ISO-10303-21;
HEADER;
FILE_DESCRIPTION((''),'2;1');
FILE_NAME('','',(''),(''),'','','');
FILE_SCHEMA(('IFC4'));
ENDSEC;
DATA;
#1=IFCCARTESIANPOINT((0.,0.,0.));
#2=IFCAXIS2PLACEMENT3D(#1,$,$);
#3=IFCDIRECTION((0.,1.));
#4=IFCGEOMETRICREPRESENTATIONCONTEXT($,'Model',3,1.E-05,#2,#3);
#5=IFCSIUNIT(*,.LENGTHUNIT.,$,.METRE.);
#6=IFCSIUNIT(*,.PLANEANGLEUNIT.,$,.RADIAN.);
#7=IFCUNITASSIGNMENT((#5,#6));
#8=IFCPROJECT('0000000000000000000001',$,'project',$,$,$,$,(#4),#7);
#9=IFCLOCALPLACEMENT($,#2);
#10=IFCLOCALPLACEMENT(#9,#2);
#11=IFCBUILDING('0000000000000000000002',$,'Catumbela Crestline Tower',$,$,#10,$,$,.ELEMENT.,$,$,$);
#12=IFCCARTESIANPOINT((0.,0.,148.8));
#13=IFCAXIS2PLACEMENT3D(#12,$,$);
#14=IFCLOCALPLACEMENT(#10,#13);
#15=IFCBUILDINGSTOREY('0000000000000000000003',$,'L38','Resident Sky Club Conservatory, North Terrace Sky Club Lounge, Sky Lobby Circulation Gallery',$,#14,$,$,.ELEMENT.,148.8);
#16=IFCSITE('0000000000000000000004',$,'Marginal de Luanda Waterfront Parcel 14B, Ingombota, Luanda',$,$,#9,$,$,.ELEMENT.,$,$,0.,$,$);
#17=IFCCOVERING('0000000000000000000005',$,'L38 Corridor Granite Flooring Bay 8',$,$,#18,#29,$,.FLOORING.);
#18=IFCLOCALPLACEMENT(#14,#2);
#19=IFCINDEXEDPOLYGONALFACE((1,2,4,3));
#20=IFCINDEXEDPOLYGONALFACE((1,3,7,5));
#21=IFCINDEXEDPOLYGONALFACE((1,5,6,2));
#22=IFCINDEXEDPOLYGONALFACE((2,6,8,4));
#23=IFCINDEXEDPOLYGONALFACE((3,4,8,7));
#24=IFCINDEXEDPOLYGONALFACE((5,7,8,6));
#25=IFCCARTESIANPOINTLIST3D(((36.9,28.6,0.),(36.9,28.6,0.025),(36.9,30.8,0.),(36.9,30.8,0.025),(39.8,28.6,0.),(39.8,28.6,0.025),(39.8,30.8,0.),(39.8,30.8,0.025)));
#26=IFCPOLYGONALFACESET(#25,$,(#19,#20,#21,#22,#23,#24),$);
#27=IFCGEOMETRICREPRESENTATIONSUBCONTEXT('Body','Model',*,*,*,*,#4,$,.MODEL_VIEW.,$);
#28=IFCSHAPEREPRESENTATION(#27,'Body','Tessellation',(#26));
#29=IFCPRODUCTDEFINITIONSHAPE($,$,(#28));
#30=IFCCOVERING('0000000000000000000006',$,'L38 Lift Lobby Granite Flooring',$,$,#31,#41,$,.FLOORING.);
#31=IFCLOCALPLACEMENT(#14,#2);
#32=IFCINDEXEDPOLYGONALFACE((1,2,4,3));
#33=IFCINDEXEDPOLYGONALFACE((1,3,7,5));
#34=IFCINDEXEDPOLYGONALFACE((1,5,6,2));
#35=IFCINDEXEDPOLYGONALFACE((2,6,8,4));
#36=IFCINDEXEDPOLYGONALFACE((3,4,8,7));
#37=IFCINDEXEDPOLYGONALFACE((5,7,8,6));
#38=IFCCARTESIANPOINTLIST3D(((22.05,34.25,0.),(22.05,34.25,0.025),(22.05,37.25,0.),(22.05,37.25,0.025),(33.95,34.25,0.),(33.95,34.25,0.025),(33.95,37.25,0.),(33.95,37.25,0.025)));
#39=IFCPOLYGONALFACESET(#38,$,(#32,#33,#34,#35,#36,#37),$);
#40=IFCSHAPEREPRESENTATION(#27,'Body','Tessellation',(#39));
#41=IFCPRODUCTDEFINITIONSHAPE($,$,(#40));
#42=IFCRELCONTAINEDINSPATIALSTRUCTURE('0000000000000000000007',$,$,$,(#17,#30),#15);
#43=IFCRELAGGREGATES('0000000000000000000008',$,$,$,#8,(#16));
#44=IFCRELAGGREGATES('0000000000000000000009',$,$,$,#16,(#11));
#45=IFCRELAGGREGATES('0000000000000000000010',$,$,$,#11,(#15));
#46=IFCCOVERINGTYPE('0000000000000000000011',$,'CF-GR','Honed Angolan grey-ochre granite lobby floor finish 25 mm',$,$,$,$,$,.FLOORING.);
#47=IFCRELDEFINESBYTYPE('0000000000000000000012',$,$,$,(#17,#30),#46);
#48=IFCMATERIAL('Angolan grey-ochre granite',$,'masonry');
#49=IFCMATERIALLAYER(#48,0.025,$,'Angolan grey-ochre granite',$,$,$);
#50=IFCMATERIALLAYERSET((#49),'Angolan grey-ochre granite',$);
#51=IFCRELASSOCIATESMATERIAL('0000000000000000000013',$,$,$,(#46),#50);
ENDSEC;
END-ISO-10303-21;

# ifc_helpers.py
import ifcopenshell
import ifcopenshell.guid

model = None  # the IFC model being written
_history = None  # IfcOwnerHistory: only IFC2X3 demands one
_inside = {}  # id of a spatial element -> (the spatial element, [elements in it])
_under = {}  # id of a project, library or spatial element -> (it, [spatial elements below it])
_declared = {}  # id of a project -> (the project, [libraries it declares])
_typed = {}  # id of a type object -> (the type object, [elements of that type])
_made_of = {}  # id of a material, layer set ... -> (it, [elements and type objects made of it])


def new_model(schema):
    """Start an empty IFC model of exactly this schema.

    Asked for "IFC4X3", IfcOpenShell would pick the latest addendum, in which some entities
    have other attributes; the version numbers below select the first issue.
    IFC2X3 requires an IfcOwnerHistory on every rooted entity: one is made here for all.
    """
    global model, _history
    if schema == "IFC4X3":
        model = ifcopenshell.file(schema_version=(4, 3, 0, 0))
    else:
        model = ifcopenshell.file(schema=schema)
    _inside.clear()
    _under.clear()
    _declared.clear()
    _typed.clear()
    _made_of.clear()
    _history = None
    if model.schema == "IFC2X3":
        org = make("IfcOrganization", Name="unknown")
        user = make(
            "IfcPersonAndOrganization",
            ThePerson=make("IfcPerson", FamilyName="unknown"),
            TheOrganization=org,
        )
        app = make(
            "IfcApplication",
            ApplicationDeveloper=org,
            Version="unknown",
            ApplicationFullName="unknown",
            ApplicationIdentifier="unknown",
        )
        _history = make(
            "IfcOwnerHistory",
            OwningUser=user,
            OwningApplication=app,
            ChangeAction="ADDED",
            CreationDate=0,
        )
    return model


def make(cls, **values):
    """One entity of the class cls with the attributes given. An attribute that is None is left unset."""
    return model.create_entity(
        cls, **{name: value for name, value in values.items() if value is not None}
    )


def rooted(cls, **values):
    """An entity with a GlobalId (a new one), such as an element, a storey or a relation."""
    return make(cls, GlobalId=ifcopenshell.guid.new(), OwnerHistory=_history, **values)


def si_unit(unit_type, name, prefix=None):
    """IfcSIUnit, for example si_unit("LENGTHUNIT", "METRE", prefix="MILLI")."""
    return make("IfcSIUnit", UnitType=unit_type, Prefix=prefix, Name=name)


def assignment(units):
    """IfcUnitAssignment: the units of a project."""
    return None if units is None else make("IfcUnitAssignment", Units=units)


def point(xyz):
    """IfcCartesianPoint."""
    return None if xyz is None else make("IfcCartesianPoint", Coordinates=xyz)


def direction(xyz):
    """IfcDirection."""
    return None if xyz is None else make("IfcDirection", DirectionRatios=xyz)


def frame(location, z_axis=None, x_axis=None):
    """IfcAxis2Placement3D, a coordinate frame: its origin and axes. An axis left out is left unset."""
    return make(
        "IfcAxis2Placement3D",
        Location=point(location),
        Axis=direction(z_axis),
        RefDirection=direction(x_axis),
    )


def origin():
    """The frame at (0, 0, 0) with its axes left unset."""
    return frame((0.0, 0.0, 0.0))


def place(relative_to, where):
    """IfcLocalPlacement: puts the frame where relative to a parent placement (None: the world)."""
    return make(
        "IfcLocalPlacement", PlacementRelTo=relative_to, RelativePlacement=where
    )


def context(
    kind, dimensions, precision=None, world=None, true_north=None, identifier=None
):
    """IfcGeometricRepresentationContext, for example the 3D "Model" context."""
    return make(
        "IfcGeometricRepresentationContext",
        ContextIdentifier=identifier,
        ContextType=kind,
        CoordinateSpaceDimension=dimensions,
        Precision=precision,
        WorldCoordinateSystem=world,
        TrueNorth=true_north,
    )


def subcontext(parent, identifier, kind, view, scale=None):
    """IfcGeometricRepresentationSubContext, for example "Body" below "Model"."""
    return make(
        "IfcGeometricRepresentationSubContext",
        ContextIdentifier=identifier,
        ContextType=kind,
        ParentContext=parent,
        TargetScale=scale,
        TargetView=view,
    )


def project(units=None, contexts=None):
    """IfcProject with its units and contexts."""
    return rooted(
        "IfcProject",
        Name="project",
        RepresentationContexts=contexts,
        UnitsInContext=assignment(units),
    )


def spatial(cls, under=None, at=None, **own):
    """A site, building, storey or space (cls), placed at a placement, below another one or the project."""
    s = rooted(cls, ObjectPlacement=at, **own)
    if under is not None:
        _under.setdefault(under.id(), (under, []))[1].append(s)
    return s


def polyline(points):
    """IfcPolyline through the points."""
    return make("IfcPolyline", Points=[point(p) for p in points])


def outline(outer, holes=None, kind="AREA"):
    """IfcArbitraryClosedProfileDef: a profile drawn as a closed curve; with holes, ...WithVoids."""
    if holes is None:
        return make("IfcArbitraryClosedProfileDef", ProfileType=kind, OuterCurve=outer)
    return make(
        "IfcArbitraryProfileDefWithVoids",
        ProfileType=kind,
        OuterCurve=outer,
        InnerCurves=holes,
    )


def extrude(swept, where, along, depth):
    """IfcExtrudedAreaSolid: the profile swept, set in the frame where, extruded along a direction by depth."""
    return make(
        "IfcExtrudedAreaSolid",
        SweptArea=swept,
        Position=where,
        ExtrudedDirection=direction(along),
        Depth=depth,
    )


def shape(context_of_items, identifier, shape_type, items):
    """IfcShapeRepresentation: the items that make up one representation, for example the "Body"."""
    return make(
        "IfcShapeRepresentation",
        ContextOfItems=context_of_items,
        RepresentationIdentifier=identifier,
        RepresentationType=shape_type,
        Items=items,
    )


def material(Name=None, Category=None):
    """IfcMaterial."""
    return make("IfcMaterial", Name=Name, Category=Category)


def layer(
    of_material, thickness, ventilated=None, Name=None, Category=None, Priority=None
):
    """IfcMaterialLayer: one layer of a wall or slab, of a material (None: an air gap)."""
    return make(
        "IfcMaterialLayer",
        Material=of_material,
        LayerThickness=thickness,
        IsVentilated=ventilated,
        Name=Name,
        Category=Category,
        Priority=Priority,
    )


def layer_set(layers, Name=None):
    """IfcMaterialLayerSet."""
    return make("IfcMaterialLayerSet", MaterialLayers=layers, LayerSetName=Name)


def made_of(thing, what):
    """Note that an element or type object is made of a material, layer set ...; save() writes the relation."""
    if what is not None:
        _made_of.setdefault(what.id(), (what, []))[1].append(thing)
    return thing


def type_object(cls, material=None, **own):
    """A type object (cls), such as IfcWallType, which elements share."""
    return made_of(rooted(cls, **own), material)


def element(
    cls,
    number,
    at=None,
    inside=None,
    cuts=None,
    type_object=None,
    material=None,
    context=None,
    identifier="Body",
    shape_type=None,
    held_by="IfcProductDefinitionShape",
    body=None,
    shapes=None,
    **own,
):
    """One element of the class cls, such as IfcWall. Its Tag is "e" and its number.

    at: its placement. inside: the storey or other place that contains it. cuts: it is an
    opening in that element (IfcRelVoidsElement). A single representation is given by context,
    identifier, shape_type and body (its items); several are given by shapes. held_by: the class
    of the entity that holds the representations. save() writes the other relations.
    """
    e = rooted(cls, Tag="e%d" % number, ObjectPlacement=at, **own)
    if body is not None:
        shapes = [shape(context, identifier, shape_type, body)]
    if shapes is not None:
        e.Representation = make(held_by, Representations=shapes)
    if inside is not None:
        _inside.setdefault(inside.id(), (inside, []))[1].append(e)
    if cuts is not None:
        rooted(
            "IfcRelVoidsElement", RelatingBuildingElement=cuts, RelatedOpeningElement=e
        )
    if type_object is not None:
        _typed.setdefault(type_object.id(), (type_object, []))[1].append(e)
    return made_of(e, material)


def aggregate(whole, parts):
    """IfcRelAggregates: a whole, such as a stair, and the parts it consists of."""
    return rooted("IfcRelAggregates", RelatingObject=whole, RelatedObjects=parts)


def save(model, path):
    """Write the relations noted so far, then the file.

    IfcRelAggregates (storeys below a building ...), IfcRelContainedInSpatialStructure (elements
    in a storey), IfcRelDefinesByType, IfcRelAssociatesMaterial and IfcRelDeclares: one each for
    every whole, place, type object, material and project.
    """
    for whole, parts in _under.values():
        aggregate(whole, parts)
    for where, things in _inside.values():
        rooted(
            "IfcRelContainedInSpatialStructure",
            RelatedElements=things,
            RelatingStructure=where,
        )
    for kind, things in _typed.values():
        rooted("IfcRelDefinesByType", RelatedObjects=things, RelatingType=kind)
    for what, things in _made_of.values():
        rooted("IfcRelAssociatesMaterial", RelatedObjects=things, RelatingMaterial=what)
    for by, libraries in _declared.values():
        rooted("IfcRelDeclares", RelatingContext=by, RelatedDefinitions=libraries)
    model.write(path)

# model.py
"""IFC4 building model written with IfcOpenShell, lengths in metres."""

from ifc_helpers import new_model, si_unit, direction, frame, origin, place, context, subcontext, project, spatial, polyline, outline, extrude, material, layer, layer_set, type_object, element, save


model = new_model("IFC4")

# Units and contexts
model_context = context("Model", 3, precision=1e-05, world=origin(), true_north=direction((0.0, 1.0)))
body_context = subcontext(model_context, "Body", "Model", "MODEL_VIEW")
ifc_project = project(units=[si_unit("LENGTHUNIT", "METRE"), si_unit("PLANEANGLEUNIT", "RADIAN")], contexts=[model_context])

# Site, building, storey
site_placement = place(None, origin())
site = spatial("IfcSite", under=ifc_project, at=site_placement, Name="Marginal de Luanda Waterfront Parcel 14B, Ingombota, Luanda", CompositionType="ELEMENT", RefElevation=0.0)
building_placement = place(site_placement, origin())
building = spatial("IfcBuilding", under=site, at=building_placement, Name="Catumbela Crestline Tower", CompositionType="ELEMENT")
storey_placement = place(building_placement, frame((0.0, 0.0, 148.8)))
storey = spatial("IfcBuildingStorey", under=building, at=storey_placement, Name="L38", Description="Resident Sky Club Conservatory, North Terrace Sky Club Lounge, Sky Lobby Circulation Gallery", CompositionType="ELEMENT", Elevation=148.8)

# Shared definitions
ifc_material_1 = material(Name="Angolan grey-ochre granite", Category="masonry")

# Coverings
ifc_layer_1 = layer(ifc_material_1, 0.025, Name="Angolan grey-ochre granite")
ifc_layer_set_1 = layer_set([ifc_layer_1], Name="Angolan grey-ochre granite")
covering_type_1 = type_object("IfcCoveringType", Name="CF-GR", Description="Honed Angolan grey-ochre granite lobby floor finish 25 mm", PredefinedType="FLOORING", material=ifc_layer_set_1)
covering_1_placement = place(storey_placement, origin())
element("IfcCovering", 1, at=covering_1_placement, inside=storey, type_object=covering_type_1, Name="L38 Corridor Granite Flooring Bay 8", PredefinedType="FLOORING", context=body_context, shape_type="SweptSolid", body=[
    extrude(outline(polyline([(36.9, 28.6), (39.8, 28.6), (39.8, 30.8), (36.9, 30.8), (36.9, 28.6)])), origin(), (0.0, 0.0, 1.0), 0.025),
])
covering_2_placement = place(storey_placement, origin())
element("IfcCovering", 2, at=covering_2_placement, inside=storey, type_object=covering_type_1, Name="L38 Lift Lobby Granite Flooring", PredefinedType="FLOORING", context=body_context, shape_type="SweptSolid", body=[
    extrude(outline(polyline([(22.05, 34.25), (33.95, 34.25), (33.95, 37.25), (22.05, 37.25), (22.05, 34.25)])), origin(), (0.0, 0.0, 1.0), 0.025),
])

save(model, "model.ifc")
